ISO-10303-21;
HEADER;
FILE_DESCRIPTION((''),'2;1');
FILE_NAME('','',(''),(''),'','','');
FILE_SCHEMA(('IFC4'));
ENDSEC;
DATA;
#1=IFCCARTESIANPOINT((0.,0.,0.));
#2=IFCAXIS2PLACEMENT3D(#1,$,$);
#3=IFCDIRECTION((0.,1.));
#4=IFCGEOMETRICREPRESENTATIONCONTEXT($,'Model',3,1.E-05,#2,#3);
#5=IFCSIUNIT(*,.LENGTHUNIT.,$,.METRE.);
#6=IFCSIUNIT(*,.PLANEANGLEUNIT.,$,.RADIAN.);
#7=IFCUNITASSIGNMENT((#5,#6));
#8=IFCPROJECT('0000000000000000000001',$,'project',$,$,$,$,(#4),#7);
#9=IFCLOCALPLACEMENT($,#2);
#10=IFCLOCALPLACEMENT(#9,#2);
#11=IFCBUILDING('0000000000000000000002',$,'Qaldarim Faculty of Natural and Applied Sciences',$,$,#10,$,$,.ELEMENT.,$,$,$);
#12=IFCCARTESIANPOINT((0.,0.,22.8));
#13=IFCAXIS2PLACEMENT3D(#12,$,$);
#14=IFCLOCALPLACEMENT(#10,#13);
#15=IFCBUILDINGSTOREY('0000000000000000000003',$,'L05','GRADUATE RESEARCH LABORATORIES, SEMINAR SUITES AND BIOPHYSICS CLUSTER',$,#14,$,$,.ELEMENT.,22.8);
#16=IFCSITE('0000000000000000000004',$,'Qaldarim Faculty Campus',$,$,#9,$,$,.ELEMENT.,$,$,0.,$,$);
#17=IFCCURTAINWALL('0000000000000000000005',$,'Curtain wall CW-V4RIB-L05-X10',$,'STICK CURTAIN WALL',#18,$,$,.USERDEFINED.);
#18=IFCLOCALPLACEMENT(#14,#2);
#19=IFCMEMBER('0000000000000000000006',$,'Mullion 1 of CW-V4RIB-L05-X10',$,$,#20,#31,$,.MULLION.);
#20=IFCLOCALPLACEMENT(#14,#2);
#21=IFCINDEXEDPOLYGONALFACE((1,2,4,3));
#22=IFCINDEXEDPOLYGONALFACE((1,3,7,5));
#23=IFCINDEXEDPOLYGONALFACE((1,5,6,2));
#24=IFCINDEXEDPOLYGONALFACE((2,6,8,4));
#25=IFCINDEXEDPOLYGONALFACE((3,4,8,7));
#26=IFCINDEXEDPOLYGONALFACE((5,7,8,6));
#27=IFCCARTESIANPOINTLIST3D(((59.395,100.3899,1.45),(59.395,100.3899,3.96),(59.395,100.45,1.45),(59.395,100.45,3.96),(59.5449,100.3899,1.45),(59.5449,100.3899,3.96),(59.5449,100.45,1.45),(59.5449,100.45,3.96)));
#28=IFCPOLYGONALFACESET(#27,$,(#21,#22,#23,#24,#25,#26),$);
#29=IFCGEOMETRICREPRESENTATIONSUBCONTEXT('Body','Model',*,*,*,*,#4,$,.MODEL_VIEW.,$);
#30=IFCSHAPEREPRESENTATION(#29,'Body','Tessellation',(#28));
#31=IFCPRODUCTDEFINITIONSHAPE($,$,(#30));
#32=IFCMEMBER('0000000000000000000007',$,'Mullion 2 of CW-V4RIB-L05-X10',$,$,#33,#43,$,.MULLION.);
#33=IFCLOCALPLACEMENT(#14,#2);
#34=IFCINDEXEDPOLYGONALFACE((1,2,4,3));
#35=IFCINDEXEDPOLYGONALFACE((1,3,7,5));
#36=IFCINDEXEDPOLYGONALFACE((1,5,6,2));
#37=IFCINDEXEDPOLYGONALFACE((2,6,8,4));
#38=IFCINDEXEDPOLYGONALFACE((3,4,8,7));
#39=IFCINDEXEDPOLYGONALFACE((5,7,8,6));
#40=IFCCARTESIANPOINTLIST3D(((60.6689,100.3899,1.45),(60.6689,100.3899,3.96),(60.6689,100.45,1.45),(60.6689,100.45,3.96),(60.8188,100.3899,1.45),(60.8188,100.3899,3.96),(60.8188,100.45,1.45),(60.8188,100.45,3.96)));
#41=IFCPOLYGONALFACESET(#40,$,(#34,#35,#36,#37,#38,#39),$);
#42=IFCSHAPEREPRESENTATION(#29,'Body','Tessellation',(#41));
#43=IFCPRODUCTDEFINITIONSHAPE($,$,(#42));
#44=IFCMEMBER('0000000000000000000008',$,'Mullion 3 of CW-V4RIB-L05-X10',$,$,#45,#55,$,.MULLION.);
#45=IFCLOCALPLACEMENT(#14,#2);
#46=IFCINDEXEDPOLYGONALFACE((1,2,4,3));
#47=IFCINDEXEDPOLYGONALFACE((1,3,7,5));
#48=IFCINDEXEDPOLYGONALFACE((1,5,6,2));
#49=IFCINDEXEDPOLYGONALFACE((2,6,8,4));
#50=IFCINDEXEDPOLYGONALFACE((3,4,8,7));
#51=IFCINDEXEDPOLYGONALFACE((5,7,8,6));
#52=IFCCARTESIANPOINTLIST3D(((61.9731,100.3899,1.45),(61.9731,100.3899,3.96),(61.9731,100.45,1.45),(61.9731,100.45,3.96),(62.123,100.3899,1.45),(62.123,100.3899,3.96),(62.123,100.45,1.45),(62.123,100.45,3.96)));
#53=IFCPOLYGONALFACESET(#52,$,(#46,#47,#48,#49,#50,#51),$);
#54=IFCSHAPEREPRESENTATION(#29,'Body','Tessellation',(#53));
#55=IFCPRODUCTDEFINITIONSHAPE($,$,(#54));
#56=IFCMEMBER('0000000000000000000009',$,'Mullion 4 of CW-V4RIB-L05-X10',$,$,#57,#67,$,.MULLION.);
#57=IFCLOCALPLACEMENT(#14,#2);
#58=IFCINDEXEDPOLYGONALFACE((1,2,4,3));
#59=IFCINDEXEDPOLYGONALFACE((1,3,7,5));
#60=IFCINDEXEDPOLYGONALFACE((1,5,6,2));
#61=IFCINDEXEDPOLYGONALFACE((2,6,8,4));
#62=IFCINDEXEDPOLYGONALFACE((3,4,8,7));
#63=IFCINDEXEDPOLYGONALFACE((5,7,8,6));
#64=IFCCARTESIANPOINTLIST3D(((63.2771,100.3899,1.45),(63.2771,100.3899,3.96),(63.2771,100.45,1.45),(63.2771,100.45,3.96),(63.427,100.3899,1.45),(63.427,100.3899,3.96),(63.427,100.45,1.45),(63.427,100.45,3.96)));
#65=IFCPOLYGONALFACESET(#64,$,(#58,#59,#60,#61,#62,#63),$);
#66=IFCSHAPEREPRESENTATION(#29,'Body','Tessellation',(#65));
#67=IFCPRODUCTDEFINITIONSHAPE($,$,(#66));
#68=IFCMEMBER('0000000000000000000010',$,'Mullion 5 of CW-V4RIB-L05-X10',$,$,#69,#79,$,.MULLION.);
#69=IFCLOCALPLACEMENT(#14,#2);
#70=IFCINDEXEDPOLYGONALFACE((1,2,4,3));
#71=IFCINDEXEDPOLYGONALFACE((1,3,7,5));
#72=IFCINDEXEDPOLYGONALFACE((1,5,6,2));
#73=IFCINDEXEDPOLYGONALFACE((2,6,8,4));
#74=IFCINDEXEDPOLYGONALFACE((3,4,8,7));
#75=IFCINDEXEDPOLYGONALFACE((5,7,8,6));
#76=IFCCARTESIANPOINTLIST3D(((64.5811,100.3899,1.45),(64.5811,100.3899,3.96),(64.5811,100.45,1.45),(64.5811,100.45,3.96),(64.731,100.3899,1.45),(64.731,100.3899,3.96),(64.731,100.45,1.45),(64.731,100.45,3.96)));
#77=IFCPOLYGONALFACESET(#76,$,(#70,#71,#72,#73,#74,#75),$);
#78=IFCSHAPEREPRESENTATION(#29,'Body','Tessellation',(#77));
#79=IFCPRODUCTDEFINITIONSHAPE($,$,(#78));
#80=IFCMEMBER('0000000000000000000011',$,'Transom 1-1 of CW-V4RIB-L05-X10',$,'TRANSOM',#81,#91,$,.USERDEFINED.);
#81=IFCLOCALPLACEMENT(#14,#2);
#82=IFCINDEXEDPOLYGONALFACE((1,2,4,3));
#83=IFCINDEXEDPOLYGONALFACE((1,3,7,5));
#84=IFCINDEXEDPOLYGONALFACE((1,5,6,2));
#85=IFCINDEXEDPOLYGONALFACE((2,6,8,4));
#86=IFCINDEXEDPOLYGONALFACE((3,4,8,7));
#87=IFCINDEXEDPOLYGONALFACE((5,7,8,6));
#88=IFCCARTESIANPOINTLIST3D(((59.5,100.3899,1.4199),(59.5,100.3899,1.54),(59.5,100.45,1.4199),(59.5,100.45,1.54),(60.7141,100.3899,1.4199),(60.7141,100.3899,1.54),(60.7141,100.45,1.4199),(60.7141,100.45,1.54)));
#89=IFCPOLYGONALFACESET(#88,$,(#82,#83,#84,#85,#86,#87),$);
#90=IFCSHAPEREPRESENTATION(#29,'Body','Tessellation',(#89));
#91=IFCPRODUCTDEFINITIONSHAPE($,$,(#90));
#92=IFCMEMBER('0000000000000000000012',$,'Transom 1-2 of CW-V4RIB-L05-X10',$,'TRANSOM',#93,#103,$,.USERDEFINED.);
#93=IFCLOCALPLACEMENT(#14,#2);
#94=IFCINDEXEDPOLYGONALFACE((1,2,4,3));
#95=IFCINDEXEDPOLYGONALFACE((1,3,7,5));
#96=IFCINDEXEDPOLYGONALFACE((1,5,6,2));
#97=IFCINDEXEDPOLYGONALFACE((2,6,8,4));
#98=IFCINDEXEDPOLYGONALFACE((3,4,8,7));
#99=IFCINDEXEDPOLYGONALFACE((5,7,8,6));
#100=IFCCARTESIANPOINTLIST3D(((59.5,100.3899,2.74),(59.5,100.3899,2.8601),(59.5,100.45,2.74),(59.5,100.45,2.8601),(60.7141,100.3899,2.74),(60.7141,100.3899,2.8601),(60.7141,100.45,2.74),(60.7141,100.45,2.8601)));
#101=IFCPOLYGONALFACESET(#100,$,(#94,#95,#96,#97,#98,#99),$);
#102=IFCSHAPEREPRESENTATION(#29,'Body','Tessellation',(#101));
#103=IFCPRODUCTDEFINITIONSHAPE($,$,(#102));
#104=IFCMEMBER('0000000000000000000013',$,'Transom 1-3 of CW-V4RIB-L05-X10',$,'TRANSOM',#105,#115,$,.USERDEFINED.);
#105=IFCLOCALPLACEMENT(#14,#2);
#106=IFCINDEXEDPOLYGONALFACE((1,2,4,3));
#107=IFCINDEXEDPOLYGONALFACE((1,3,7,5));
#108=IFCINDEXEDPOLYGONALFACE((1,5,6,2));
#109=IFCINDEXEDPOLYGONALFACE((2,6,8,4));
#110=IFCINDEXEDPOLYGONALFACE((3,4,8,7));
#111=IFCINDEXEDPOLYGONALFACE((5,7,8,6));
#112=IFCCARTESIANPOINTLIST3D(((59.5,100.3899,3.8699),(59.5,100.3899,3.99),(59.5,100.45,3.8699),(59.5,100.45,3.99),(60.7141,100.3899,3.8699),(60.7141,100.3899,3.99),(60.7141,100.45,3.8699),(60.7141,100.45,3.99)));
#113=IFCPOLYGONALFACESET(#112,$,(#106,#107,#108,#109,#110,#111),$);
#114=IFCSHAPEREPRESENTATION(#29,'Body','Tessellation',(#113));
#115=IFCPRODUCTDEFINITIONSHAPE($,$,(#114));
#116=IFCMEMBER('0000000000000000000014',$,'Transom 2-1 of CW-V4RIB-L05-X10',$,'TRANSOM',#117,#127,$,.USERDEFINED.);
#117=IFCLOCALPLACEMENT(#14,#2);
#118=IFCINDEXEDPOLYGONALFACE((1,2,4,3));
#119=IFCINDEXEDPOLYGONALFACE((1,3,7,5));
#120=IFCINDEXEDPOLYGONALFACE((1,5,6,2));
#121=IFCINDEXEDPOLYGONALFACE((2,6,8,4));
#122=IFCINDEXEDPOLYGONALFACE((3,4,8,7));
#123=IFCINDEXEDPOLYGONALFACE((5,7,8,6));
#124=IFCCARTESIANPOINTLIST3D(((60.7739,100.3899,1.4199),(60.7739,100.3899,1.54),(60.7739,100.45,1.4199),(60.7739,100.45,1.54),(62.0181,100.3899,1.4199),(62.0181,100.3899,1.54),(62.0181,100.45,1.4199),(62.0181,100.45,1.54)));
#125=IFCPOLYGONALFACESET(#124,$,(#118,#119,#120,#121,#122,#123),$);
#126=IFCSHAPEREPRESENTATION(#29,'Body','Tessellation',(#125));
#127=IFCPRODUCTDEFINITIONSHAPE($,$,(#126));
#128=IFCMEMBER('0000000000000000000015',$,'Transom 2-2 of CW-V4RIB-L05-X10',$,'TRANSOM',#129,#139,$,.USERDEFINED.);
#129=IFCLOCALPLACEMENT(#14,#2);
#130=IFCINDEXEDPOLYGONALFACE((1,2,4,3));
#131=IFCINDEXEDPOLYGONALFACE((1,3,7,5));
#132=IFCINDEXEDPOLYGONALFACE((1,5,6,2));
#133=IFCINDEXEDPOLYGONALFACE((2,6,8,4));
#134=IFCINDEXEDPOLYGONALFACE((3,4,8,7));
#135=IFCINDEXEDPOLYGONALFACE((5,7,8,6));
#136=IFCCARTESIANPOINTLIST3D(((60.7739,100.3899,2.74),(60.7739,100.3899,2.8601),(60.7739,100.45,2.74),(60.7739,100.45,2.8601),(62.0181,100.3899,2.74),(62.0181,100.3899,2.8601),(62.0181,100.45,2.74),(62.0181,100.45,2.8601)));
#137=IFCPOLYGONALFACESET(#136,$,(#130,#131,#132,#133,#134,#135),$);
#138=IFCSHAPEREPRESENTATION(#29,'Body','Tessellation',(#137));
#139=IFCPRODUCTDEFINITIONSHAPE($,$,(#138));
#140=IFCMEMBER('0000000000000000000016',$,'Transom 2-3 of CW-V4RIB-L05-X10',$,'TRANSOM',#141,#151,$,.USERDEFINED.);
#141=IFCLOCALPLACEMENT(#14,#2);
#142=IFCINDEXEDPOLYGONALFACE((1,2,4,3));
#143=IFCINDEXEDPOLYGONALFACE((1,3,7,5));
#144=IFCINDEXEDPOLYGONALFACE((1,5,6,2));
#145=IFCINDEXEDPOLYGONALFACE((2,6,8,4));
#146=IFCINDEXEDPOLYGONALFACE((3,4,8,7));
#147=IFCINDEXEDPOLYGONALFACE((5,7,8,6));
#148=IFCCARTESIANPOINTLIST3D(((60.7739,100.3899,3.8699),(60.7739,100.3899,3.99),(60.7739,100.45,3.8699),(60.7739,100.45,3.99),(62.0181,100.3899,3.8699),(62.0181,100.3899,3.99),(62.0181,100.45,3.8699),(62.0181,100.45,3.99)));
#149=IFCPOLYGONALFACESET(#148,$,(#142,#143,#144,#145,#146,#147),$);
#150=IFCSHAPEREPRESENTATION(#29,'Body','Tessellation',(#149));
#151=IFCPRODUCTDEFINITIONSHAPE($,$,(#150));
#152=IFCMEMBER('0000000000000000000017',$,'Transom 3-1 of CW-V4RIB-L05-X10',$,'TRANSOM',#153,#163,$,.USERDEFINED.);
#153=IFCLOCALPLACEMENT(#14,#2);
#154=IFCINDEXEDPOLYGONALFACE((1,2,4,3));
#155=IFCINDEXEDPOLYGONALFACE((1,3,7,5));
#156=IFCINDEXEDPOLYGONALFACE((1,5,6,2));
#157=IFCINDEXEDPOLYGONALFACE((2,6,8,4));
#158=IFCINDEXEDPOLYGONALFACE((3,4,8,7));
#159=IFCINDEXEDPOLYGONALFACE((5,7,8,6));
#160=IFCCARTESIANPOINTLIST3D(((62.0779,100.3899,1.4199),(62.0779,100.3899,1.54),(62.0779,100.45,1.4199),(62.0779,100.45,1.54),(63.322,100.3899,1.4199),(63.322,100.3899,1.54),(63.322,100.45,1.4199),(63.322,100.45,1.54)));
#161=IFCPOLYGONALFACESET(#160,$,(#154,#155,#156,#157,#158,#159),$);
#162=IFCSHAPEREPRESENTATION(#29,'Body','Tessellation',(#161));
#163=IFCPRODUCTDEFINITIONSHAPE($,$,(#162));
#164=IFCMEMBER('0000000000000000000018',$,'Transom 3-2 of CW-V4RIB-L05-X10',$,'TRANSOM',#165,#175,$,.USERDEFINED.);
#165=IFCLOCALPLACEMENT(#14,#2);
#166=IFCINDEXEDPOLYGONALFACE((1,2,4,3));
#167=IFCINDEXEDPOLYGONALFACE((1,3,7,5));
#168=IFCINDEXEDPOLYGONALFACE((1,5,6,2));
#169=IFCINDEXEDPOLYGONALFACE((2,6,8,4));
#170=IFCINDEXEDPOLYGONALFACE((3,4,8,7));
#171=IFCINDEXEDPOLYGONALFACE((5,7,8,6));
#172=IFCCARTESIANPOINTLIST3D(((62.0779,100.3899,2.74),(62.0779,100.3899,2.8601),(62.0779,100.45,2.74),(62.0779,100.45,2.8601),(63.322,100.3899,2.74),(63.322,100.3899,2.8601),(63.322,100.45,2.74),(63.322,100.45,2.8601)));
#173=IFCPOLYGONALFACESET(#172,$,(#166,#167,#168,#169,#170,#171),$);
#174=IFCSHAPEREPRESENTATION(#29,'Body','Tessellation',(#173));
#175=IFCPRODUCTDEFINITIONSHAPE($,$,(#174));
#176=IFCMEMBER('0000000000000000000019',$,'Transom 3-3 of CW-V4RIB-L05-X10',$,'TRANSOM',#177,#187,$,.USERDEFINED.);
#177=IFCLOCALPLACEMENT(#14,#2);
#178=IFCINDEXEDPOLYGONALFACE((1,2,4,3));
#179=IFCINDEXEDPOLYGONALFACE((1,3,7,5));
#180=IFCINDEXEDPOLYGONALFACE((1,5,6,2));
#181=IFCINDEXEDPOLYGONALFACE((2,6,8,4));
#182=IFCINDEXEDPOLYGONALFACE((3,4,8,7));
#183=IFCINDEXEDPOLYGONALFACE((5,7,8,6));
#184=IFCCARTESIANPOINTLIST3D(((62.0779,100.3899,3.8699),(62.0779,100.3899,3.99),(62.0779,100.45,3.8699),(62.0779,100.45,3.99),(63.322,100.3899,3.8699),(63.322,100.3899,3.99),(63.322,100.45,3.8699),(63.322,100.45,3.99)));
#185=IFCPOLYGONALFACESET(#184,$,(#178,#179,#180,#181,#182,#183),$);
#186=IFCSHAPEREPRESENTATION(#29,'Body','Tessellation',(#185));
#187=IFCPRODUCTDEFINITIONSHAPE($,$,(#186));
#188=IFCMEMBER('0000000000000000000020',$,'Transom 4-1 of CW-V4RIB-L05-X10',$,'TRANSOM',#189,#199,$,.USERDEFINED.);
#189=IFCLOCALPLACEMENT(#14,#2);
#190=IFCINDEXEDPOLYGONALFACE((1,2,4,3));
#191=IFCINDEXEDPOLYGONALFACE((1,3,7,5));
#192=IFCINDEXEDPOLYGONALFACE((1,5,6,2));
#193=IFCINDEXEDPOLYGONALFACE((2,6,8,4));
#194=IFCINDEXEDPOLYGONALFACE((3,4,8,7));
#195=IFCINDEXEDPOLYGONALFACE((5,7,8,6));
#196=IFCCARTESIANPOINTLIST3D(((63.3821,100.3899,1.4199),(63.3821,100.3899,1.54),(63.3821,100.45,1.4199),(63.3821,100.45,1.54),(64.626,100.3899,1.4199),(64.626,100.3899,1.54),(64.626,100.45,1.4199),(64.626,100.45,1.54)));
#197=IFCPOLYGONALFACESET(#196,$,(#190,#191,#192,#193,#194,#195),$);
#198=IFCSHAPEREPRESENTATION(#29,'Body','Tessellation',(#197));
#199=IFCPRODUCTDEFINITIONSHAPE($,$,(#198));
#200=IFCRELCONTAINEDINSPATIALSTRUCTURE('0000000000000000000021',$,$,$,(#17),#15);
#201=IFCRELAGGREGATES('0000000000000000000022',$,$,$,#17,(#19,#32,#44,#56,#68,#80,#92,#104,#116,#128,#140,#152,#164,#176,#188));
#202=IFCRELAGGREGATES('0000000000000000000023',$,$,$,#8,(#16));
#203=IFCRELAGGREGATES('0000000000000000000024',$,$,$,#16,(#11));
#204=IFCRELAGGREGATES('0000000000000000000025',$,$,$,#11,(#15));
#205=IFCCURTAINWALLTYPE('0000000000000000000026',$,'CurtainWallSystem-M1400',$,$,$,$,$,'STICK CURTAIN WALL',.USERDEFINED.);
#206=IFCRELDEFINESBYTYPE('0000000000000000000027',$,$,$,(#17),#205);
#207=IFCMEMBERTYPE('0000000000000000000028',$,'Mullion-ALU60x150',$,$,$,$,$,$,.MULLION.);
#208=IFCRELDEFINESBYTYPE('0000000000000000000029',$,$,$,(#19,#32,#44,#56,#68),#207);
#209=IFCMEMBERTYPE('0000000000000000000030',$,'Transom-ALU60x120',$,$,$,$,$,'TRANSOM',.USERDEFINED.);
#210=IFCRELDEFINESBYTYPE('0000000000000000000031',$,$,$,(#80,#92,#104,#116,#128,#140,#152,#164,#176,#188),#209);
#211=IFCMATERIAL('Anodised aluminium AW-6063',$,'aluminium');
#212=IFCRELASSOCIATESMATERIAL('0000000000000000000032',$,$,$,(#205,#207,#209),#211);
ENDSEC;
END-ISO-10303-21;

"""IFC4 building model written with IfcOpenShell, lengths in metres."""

from ifc_helpers import new_model, si_unit, direction, frame, origin, origin_2d, place, context, subcontext, project, spatial, rectangle, extrude, material, material_profile, profile_set, type_object, element, aggregate, save


model = new_model("IFC4")

# Units and contexts
model_context = context("Model", 3, precision=1e-05, world=origin(), true_north=direction((0.0, 1.0)))
body_context = subcontext(model_context, "Body", "Model", "MODEL_VIEW")
ifc_project = project(units=[si_unit("LENGTHUNIT", "METRE"), si_unit("PLANEANGLEUNIT", "RADIAN")], contexts=[model_context])

# Site, building, storey
site_placement = place(None, origin())
site = spatial("IfcSite", under=ifc_project, at=site_placement, Name="Qaldarim Faculty Campus", CompositionType="ELEMENT", RefElevation=0.0)
building_placement = place(site_placement, origin())
building = spatial("IfcBuilding", under=site, at=building_placement, Name="Qaldarim Faculty of Natural and Applied Sciences", CompositionType="ELEMENT")
storey_placement = place(building_placement, frame((0.0, 0.0, 22.8)))
storey = spatial("IfcBuildingStorey", under=building, at=storey_placement, Name="L05", Description="GRADUATE RESEARCH LABORATORIES, SEMINAR SUITES AND BIOPHYSICS CLUSTER", CompositionType="ELEMENT", Elevation=22.8)

# Curtain wall, members
ifc_material_1 = material(Name="Anodised aluminium AW-6063", Category="aluminium")
curtain_wall_type = type_object("IfcCurtainWallType", Name="CurtainWallSystem-M1400", ElementType="STICK CURTAIN WALL", PredefinedType="USERDEFINED", material=ifc_material_1)
curtain_wall_placement = place(storey_placement, origin())
curtain_wall = element("IfcCurtainWall", 1, at=curtain_wall_placement, inside=storey, type_object=curtain_wall_type, Name="Curtain wall CW-V4RIB-L05-X10", ObjectType="STICK CURTAIN WALL", PredefinedType="USERDEFINED")
ifc_material_profile_1 = material_profile(ifc_material_1, rectangle(XDim=0.0601, YDim=0.1499, at=origin_2d()), Name="ALU-M60x150")
ifc_profile_set_1 = profile_set([ifc_material_profile_1], Name="Anodised aluminium AW-6063")
member_type_1 = type_object("IfcMemberType", Name="Mullion-ALU60x150", PredefinedType="MULLION", material=ifc_profile_set_1)
member_1_placement = place(storey_placement, frame((59.47, 100.4199, 1.45), z_axis=(0.0, 0.0, 1.0), x_axis=(0.0, 1.0, 0.0)))
member_1 = element("IfcMember", 2, at=member_1_placement, type_object=member_type_1, Name="Mullion 1 of CW-V4RIB-L05-X10", PredefinedType="MULLION", context=body_context, shape_type="SweptSolid", body=[
    extrude(rectangle(XDim=0.0601, YDim=0.1499, at=origin_2d()), origin(), (0.0, 0.0, 1.0), 2.51),
])
member_2_placement = place(storey_placement, frame((60.7439, 100.4199, 1.45), z_axis=(0.0, 0.0, 1.0), x_axis=(0.0, 1.0, 0.0)))
member_2 = element("IfcMember", 3, at=member_2_placement, type_object=member_type_1, Name="Mullion 2 of CW-V4RIB-L05-X10", PredefinedType="MULLION", context=body_context, shape_type="SweptSolid", body=[
    extrude(rectangle(XDim=0.0601, YDim=0.1499, at=origin_2d()), origin(), (0.0, 0.0, 1.0), 2.51),
])
member_3_placement = place(storey_placement, frame((62.0481, 100.4199, 1.45), z_axis=(0.0, 0.0, 1.0), x_axis=(0.0, 1.0, 0.0)))
member_3 = element("IfcMember", 4, at=member_3_placement, type_object=member_type_1, Name="Mullion 3 of CW-V4RIB-L05-X10", PredefinedType="MULLION", context=body_context, shape_type="SweptSolid", body=[
    extrude(rectangle(XDim=0.0601, YDim=0.1499, at=origin_2d()), origin(), (0.0, 0.0, 1.0), 2.51),
])
member_4_placement = place(storey_placement, frame((63.3521, 100.4199, 1.45), z_axis=(0.0, 0.0, 1.0), x_axis=(0.0, 1.0, 0.0)))
member_4 = element("IfcMember", 5, at=member_4_placement, type_object=member_type_1, Name="Mullion 4 of CW-V4RIB-L05-X10", PredefinedType="MULLION", context=body_context, shape_type="SweptSolid", body=[
    extrude(rectangle(XDim=0.0601, YDim=0.1499, at=origin_2d()), origin(), (0.0, 0.0, 1.0), 2.51),
])
member_5_placement = place(storey_placement, frame((64.656, 100.4199, 1.45), z_axis=(0.0, 0.0, 1.0), x_axis=(0.0, 1.0, 0.0)))
member_5 = element("IfcMember", 6, at=member_5_placement, type_object=member_type_1, Name="Mullion 5 of CW-V4RIB-L05-X10", PredefinedType="MULLION", context=body_context, shape_type="SweptSolid", body=[
    extrude(rectangle(XDim=0.0601, YDim=0.1499, at=origin_2d()), origin(), (0.0, 0.0, 1.0), 2.51),
])
ifc_material_profile_2 = material_profile(ifc_material_1, rectangle(XDim=0.0601, YDim=0.1201, at=origin_2d()), Name="ALU-T60x120")
ifc_profile_set_2 = profile_set([ifc_material_profile_2], Name="Anodised aluminium AW-6063")
member_type_2 = type_object("IfcMemberType", Name="Transom-ALU60x120", ElementType="TRANSOM", PredefinedType="USERDEFINED", material=ifc_profile_set_2)
member_6_placement = place(storey_placement, frame((59.5, 100.4199, 1.48), z_axis=(1.0, 0.0, 0.0), x_axis=(0.0, 1.0, 0.0)))
member_6 = element("IfcMember", 7, at=member_6_placement, type_object=member_type_2, Name="Transom 1-1 of CW-V4RIB-L05-X10", ObjectType="TRANSOM", PredefinedType="USERDEFINED", context=body_context, shape_type="SweptSolid", body=[
    extrude(rectangle(XDim=0.0601, YDim=0.1201, at=origin_2d()), origin(), (0.0, 0.0, 1.0), 1.2141),
])
member_7_placement = place(storey_placement, frame((59.5, 100.4199, 2.8), z_axis=(1.0, 0.0, 0.0), x_axis=(0.0, 1.0, 0.0)))
member_7 = element("IfcMember", 8, at=member_7_placement, type_object=member_type_2, Name="Transom 1-2 of CW-V4RIB-L05-X10", ObjectType="TRANSOM", PredefinedType="USERDEFINED", context=body_context, shape_type="SweptSolid", body=[
    extrude(rectangle(XDim=0.0601, YDim=0.1201, at=origin_2d()), origin(), (0.0, 0.0, 1.0), 1.2141),
])
member_8_placement = place(storey_placement, frame((59.5, 100.4199, 3.9299), z_axis=(1.0, 0.0, 0.0), x_axis=(0.0, 1.0, 0.0)))
member_8 = element("IfcMember", 9, at=member_8_placement, type_object=member_type_2, Name="Transom 1-3 of CW-V4RIB-L05-X10", ObjectType="TRANSOM", PredefinedType="USERDEFINED", context=body_context, shape_type="SweptSolid", body=[
    extrude(rectangle(XDim=0.0601, YDim=0.1201, at=origin_2d()), origin(), (0.0, 0.0, 1.0), 1.2141),
])
member_9_placement = place(storey_placement, frame((60.7739, 100.4199, 1.48), z_axis=(1.0, 0.0, 0.0), x_axis=(0.0, 1.0, 0.0)))
member_9 = element("IfcMember", 10, at=member_9_placement, type_object=member_type_2, Name="Transom 2-1 of CW-V4RIB-L05-X10", ObjectType="TRANSOM", PredefinedType="USERDEFINED", context=body_context, shape_type="SweptSolid", body=[
    extrude(rectangle(XDim=0.0601, YDim=0.1201, at=origin_2d()), origin(), (0.0, 0.0, 1.0), 1.2441),
])
member_10_placement = place(storey_placement, frame((60.7739, 100.4199, 2.8), z_axis=(1.0, 0.0, 0.0), x_axis=(0.0, 1.0, 0.0)))
member_10 = element("IfcMember", 11, at=member_10_placement, type_object=member_type_2, Name="Transom 2-2 of CW-V4RIB-L05-X10", ObjectType="TRANSOM", PredefinedType="USERDEFINED", context=body_context, shape_type="SweptSolid", body=[
    extrude(rectangle(XDim=0.0601, YDim=0.1201, at=origin_2d()), origin(), (0.0, 0.0, 1.0), 1.2441),
])
member_11_placement = place(storey_placement, frame((60.7739, 100.4199, 3.9299), z_axis=(1.0, 0.0, 0.0), x_axis=(0.0, 1.0, 0.0)))
member_11 = element("IfcMember", 12, at=member_11_placement, type_object=member_type_2, Name="Transom 2-3 of CW-V4RIB-L05-X10", ObjectType="TRANSOM", PredefinedType="USERDEFINED", context=body_context, shape_type="SweptSolid", body=[
    extrude(rectangle(XDim=0.0601, YDim=0.1201, at=origin_2d()), origin(), (0.0, 0.0, 1.0), 1.2441),
])
member_12_placement = place(storey_placement, frame((62.0779, 100.4199, 1.48), z_axis=(1.0, 0.0, 0.0), x_axis=(0.0, 1.0, 0.0)))
member_12 = element("IfcMember", 13, at=member_12_placement, type_object=member_type_2, Name="Transom 3-1 of CW-V4RIB-L05-X10", ObjectType="TRANSOM", PredefinedType="USERDEFINED", context=body_context, shape_type="SweptSolid", body=[
    extrude(rectangle(XDim=0.0601, YDim=0.1201, at=origin_2d()), origin(), (0.0, 0.0, 1.0), 1.2441),
])
member_13_placement = place(storey_placement, frame((62.0779, 100.4199, 2.8), z_axis=(1.0, 0.0, 0.0), x_axis=(0.0, 1.0, 0.0)))
member_13 = element("IfcMember", 14, at=member_13_placement, type_object=member_type_2, Name="Transom 3-2 of CW-V4RIB-L05-X10", ObjectType="TRANSOM", PredefinedType="USERDEFINED", context=body_context, shape_type="SweptSolid", body=[
    extrude(rectangle(XDim=0.0601, YDim=0.1201, at=origin_2d()), origin(), (0.0, 0.0, 1.0), 1.2441),
])
member_14_placement = place(storey_placement, frame((62.0779, 100.4199, 3.9299), z_axis=(1.0, 0.0, 0.0), x_axis=(0.0, 1.0, 0.0)))
member_14 = element("IfcMember", 15, at=member_14_placement, type_object=member_type_2, Name="Transom 3-3 of CW-V4RIB-L05-X10", ObjectType="TRANSOM", PredefinedType="USERDEFINED", context=body_context, shape_type="SweptSolid", body=[
    extrude(rectangle(XDim=0.0601, YDim=0.1201, at=origin_2d()), origin(), (0.0, 0.0, 1.0), 1.2441),
])
member_15_placement = place(storey_placement, frame((63.3821, 100.4199, 1.48), z_axis=(1.0, 0.0, 0.0), x_axis=(0.0, 1.0, 0.0)))
member_15 = element("IfcMember", 16, at=member_15_placement, type_object=member_type_2, Name="Transom 4-1 of CW-V4RIB-L05-X10", ObjectType="TRANSOM", PredefinedType="USERDEFINED", context=body_context, shape_type="SweptSolid", body=[
    extrude(rectangle(XDim=0.0601, YDim=0.1201, at=origin_2d()), origin(), (0.0, 0.0, 1.0), 1.2439),
])
aggregate(curtain_wall, [member_1, member_2, member_3, member_4, member_5, member_6, member_7, member_8, member_9, member_10, member_11, member_12, member_13, member_14, member_15])

save(model, "model.ifc")
